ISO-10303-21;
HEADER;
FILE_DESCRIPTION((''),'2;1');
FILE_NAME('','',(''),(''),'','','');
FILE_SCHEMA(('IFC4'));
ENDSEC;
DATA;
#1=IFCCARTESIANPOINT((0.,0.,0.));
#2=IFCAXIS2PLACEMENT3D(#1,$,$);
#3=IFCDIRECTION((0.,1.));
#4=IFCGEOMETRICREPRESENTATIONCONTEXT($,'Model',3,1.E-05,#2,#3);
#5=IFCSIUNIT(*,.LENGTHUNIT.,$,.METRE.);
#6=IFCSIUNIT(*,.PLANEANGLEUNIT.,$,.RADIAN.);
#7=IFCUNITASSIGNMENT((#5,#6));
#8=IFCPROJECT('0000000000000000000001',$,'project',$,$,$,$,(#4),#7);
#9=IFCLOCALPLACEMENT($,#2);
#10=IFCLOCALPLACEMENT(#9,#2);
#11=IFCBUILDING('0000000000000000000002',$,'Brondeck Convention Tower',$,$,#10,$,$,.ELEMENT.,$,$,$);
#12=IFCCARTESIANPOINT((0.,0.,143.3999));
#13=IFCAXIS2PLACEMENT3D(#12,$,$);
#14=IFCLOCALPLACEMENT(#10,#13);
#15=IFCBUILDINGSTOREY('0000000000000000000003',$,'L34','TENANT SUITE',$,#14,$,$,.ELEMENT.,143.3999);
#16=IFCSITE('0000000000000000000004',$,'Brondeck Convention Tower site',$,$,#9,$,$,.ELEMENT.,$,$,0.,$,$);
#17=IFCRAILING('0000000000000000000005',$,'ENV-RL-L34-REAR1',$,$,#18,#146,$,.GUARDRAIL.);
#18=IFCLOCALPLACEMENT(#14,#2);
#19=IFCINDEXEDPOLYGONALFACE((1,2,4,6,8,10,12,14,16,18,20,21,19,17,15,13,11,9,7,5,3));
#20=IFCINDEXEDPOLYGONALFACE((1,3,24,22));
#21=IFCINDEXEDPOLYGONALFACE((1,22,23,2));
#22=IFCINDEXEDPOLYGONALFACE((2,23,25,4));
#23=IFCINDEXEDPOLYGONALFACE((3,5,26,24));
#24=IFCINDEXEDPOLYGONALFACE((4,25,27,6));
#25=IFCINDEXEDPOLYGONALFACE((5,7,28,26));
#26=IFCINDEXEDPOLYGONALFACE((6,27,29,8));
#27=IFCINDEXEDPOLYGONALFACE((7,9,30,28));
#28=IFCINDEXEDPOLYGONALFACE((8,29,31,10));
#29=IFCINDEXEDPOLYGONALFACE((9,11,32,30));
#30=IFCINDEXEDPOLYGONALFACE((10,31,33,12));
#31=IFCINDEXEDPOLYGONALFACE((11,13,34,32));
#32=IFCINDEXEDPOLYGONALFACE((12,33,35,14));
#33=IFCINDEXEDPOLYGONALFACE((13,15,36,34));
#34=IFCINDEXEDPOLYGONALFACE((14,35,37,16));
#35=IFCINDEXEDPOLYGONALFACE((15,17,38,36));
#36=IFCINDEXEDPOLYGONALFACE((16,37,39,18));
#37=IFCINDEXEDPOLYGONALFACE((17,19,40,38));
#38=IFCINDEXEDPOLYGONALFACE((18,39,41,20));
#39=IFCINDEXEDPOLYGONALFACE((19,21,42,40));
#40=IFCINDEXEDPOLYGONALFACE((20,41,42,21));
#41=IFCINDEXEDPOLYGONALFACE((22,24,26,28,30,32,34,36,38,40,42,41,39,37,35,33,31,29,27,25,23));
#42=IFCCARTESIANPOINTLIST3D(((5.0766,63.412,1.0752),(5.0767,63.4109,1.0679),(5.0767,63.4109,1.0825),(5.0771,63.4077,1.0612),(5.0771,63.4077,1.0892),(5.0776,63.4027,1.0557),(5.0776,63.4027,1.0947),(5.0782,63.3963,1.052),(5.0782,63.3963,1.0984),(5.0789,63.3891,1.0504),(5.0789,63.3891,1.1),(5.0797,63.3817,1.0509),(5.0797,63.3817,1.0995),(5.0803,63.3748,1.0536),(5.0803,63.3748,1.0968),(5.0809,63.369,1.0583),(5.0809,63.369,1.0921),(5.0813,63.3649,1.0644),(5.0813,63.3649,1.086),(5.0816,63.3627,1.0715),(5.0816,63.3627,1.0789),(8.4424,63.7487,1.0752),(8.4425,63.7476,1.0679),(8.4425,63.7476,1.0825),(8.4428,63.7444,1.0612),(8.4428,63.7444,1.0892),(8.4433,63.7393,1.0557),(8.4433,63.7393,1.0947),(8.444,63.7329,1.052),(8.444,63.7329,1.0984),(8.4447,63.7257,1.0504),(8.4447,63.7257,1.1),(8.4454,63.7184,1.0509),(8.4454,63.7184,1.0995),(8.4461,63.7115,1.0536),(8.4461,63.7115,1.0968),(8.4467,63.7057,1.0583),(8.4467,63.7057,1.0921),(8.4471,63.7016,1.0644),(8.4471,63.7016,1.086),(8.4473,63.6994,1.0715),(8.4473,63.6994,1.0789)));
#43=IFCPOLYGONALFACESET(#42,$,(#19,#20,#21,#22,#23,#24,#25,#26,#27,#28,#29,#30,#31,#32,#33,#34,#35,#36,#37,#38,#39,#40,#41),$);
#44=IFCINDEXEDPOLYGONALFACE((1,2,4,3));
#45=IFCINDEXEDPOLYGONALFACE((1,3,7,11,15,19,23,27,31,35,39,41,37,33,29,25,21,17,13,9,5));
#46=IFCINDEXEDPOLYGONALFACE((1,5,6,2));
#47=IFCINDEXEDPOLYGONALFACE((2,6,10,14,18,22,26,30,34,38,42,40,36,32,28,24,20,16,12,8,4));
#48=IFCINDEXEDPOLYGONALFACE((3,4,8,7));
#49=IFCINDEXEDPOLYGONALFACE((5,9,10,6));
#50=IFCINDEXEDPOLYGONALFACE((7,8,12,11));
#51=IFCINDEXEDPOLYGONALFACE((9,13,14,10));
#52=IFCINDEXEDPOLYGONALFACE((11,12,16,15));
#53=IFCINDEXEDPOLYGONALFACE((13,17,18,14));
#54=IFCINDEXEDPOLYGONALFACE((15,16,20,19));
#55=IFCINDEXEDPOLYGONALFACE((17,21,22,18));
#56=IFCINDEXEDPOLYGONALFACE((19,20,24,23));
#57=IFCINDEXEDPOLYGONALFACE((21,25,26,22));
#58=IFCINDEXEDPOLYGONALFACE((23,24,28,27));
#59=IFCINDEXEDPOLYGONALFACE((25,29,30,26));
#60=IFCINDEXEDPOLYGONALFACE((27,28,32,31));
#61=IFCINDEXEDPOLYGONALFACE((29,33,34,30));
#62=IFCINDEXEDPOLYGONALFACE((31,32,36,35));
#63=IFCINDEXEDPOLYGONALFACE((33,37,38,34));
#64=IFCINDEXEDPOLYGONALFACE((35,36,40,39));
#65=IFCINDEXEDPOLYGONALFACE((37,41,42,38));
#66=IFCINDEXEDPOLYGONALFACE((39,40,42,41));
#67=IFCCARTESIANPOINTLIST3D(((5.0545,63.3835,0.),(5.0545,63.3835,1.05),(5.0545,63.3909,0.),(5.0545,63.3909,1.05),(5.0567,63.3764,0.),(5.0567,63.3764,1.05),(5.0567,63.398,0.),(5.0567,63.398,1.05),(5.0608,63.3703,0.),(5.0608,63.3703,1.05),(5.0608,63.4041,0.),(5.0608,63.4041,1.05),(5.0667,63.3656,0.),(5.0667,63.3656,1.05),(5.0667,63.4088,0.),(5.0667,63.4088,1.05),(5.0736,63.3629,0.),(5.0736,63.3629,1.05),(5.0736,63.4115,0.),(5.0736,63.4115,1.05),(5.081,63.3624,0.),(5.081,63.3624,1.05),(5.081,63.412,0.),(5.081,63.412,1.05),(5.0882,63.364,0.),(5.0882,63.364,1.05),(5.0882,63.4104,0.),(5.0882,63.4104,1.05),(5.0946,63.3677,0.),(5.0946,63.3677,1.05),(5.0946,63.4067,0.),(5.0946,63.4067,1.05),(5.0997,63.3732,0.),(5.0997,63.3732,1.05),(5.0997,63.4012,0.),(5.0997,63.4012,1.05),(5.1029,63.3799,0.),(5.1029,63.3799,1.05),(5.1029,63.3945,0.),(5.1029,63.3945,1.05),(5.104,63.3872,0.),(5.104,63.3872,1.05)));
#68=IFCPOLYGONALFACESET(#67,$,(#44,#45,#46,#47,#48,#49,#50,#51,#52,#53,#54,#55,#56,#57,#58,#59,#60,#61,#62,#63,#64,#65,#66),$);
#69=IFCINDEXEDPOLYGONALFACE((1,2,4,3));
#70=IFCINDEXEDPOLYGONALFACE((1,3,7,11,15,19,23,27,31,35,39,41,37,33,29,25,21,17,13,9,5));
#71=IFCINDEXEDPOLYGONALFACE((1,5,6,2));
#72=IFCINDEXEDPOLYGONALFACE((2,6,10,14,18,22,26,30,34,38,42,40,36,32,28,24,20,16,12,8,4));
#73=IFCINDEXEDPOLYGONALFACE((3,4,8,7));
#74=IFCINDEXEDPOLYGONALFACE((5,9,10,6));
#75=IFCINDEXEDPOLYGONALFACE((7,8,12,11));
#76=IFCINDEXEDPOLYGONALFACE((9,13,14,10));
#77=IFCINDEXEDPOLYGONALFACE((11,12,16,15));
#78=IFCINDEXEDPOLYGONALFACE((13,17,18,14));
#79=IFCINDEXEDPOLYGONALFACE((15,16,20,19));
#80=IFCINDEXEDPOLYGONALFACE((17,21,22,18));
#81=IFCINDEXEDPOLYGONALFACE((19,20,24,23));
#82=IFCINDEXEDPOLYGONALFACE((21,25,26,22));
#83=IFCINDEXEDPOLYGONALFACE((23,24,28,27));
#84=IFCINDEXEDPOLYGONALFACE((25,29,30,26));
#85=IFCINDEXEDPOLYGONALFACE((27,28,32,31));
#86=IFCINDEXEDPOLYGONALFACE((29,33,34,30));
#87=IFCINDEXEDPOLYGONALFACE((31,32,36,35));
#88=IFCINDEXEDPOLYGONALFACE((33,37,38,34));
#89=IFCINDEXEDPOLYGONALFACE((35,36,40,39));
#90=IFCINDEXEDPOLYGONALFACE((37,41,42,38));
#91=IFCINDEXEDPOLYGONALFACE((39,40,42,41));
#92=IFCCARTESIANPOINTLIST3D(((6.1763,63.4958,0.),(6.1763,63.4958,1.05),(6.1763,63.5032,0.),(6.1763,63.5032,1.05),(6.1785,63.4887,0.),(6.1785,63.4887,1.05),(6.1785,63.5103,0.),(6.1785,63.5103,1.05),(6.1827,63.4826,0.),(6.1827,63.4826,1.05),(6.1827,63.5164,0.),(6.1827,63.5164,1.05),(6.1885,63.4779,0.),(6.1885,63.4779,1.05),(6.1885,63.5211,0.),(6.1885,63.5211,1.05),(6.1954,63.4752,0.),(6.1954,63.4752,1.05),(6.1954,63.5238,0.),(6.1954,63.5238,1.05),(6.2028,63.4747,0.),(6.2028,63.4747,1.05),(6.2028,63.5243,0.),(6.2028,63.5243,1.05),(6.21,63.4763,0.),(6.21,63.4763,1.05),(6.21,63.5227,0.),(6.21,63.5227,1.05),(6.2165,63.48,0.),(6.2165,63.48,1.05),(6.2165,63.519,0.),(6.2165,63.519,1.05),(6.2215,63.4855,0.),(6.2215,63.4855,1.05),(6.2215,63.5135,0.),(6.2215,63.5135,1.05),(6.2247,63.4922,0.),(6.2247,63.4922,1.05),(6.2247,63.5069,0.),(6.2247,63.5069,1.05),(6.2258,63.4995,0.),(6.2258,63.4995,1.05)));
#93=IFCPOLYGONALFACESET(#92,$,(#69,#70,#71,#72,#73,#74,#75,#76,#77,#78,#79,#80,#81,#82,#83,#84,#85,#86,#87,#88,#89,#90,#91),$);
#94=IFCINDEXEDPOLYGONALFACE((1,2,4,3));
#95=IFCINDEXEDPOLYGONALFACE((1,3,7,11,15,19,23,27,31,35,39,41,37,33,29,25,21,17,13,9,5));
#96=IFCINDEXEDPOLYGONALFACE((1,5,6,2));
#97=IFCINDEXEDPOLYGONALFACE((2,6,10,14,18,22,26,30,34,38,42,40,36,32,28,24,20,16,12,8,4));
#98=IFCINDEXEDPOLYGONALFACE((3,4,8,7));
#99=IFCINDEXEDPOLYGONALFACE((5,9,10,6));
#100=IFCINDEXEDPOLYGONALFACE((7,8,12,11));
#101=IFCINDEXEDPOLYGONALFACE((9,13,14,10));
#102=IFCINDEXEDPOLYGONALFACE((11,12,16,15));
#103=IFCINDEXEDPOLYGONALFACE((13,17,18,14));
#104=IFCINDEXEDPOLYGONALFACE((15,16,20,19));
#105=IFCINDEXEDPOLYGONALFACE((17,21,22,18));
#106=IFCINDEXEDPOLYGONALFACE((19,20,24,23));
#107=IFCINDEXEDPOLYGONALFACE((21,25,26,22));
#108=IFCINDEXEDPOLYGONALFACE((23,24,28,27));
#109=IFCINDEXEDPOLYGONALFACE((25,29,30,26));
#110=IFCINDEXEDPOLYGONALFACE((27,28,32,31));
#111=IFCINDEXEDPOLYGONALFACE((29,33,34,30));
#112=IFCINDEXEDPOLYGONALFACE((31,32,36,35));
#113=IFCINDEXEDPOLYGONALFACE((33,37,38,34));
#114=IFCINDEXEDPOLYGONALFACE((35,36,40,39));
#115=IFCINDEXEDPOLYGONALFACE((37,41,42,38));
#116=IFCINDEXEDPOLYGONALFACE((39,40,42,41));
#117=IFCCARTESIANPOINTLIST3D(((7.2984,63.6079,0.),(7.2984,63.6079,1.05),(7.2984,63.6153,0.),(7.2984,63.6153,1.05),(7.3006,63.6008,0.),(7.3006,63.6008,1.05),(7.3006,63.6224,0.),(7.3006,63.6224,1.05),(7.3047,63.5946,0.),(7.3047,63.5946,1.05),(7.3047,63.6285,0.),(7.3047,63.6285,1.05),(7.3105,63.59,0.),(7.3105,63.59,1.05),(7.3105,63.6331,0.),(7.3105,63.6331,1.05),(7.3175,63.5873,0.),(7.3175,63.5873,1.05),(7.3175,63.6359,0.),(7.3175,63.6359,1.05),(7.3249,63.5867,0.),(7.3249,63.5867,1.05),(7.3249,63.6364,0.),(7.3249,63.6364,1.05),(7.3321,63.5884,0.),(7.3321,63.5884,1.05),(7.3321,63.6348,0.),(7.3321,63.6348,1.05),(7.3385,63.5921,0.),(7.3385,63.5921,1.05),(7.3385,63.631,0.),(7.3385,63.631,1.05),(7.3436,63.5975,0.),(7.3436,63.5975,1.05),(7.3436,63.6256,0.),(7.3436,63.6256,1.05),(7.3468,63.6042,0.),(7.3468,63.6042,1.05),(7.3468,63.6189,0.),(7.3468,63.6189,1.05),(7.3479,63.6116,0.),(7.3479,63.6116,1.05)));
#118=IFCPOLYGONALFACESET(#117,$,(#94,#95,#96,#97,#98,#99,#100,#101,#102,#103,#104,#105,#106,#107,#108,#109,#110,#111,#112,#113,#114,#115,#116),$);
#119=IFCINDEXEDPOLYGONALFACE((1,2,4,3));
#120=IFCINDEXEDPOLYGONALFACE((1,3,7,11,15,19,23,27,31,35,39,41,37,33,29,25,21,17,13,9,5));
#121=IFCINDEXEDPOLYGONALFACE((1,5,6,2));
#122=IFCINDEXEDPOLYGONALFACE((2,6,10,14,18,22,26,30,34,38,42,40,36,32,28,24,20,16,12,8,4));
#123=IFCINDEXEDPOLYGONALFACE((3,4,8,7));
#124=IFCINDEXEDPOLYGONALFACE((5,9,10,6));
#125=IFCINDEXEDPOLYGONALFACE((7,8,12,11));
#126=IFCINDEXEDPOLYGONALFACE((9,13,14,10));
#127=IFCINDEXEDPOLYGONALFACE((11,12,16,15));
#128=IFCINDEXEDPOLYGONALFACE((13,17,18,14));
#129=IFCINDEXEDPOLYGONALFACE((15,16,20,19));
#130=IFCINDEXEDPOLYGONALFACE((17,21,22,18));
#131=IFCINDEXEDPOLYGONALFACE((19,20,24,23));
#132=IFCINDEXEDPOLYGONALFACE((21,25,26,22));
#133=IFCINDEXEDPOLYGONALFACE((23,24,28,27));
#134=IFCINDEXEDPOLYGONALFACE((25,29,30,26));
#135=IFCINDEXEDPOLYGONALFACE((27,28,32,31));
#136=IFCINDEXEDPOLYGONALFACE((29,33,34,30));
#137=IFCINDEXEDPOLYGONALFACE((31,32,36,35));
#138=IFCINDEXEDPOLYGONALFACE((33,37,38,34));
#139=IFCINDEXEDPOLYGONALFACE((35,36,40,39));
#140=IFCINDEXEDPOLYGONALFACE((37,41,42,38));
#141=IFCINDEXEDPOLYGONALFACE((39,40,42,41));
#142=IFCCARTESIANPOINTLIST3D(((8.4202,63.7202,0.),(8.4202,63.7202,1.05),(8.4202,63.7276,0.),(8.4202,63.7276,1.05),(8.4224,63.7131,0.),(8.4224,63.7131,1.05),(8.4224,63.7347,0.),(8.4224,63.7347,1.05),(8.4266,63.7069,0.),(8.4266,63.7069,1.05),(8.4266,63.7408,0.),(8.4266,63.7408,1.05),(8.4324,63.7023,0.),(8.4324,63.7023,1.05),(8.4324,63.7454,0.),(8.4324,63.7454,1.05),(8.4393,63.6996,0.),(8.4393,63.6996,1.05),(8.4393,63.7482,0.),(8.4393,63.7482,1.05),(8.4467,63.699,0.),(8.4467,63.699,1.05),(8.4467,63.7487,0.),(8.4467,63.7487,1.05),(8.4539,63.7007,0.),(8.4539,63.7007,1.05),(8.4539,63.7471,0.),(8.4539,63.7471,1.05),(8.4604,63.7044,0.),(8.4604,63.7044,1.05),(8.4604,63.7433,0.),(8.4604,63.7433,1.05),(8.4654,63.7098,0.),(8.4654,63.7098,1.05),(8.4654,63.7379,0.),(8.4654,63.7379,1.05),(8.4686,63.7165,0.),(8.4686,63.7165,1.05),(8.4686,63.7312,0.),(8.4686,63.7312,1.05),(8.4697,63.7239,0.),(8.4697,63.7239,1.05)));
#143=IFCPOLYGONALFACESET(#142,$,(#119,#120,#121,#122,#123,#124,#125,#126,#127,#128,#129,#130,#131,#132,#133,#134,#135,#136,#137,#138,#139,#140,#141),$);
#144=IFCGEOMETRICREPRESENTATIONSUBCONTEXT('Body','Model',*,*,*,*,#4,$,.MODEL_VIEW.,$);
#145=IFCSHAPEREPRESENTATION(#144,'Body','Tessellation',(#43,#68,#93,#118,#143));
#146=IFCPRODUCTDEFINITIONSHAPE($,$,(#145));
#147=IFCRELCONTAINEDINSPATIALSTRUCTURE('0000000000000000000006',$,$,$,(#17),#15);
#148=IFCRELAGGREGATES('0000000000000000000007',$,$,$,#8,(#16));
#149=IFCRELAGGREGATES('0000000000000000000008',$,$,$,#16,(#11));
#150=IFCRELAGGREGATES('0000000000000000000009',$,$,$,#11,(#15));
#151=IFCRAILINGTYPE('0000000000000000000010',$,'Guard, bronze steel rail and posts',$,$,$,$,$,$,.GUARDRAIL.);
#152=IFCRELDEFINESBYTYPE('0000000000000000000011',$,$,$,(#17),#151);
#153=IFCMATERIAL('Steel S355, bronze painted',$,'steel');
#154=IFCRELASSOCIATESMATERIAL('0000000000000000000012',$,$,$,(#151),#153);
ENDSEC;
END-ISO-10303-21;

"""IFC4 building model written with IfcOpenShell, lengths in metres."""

from ifc_helpers import new_model, si_unit, direction, frame, origin, origin_2d, place, context, subcontext, project, spatial, circle, extrude, material, type_object, element, save


model = new_model("IFC4")

# Units and contexts
model_context = context("Model", 3, precision=1e-05, world=origin(), true_north=direction((0.0, 1.0)))
body_context = subcontext(model_context, "Body", "Model", "MODEL_VIEW")
ifc_project = project(units=[si_unit("LENGTHUNIT", "METRE"), si_unit("PLANEANGLEUNIT", "RADIAN")], contexts=[model_context])

# Site, building, storey
site_placement = place(None, origin())
site = spatial("IfcSite", under=ifc_project, at=site_placement, Name="Brondeck Convention Tower site", CompositionType="ELEMENT", RefElevation=0.0)
building_placement = place(site_placement, origin())
building = spatial("IfcBuilding", under=site, at=building_placement, Name="Brondeck Convention Tower", CompositionType="ELEMENT")
storey_placement = place(building_placement, frame((0.0, 0.0, 143.3999)))
storey = spatial("IfcBuildingStorey", under=building, at=storey_placement, Name="L34", Description="TENANT SUITE", CompositionType="ELEMENT", Elevation=143.3999)

# Railing
ifc_material_1 = material(Name="Steel S355, bronze painted", Category="steel")
railing_type = type_object("IfcRailingType", Name="Guard, bronze steel rail and posts", PredefinedType="GUARDRAIL", material=ifc_material_1)
railing_placement = place(storey_placement, frame((5.0791, 63.3872, 0.0)))
element("IfcRailing", 1, at=railing_placement, inside=storey, type_object=railing_type, Name="ENV-RL-L34-REAR1", PredefinedType="GUARDRAIL", context=body_context, shape_type="SweptSolid", body=[
    extrude(circle(Radius=0.0249, at=origin_2d()), frame((0.0, 0.0, 1.0752), z_axis=(0.995034, 0.099532, 0.0), x_axis=(-0.099532, 0.995034, 0.0)), (0.0, 0.0, 1.0), 3.3826),
    extrude(circle(Radius=0.0249, at=origin_2d()), origin(), (0.0, 0.0, 1.0), 1.05),
    extrude(circle(Radius=0.0249, at=origin_2d()), frame((1.1218, 0.1123, 0.0)), (0.0, 0.0, 1.0), 1.05),
    extrude(circle(Radius=0.0249, at=origin_2d()), frame((2.2439, 0.2244, 0.0)), (0.0, 0.0, 1.0), 1.05),
    extrude(circle(Radius=0.0249, at=origin_2d()), frame((3.3657, 0.3367, 0.0)), (0.0, 0.0, 1.0), 1.05),
])

save(model, "model.ifc")
